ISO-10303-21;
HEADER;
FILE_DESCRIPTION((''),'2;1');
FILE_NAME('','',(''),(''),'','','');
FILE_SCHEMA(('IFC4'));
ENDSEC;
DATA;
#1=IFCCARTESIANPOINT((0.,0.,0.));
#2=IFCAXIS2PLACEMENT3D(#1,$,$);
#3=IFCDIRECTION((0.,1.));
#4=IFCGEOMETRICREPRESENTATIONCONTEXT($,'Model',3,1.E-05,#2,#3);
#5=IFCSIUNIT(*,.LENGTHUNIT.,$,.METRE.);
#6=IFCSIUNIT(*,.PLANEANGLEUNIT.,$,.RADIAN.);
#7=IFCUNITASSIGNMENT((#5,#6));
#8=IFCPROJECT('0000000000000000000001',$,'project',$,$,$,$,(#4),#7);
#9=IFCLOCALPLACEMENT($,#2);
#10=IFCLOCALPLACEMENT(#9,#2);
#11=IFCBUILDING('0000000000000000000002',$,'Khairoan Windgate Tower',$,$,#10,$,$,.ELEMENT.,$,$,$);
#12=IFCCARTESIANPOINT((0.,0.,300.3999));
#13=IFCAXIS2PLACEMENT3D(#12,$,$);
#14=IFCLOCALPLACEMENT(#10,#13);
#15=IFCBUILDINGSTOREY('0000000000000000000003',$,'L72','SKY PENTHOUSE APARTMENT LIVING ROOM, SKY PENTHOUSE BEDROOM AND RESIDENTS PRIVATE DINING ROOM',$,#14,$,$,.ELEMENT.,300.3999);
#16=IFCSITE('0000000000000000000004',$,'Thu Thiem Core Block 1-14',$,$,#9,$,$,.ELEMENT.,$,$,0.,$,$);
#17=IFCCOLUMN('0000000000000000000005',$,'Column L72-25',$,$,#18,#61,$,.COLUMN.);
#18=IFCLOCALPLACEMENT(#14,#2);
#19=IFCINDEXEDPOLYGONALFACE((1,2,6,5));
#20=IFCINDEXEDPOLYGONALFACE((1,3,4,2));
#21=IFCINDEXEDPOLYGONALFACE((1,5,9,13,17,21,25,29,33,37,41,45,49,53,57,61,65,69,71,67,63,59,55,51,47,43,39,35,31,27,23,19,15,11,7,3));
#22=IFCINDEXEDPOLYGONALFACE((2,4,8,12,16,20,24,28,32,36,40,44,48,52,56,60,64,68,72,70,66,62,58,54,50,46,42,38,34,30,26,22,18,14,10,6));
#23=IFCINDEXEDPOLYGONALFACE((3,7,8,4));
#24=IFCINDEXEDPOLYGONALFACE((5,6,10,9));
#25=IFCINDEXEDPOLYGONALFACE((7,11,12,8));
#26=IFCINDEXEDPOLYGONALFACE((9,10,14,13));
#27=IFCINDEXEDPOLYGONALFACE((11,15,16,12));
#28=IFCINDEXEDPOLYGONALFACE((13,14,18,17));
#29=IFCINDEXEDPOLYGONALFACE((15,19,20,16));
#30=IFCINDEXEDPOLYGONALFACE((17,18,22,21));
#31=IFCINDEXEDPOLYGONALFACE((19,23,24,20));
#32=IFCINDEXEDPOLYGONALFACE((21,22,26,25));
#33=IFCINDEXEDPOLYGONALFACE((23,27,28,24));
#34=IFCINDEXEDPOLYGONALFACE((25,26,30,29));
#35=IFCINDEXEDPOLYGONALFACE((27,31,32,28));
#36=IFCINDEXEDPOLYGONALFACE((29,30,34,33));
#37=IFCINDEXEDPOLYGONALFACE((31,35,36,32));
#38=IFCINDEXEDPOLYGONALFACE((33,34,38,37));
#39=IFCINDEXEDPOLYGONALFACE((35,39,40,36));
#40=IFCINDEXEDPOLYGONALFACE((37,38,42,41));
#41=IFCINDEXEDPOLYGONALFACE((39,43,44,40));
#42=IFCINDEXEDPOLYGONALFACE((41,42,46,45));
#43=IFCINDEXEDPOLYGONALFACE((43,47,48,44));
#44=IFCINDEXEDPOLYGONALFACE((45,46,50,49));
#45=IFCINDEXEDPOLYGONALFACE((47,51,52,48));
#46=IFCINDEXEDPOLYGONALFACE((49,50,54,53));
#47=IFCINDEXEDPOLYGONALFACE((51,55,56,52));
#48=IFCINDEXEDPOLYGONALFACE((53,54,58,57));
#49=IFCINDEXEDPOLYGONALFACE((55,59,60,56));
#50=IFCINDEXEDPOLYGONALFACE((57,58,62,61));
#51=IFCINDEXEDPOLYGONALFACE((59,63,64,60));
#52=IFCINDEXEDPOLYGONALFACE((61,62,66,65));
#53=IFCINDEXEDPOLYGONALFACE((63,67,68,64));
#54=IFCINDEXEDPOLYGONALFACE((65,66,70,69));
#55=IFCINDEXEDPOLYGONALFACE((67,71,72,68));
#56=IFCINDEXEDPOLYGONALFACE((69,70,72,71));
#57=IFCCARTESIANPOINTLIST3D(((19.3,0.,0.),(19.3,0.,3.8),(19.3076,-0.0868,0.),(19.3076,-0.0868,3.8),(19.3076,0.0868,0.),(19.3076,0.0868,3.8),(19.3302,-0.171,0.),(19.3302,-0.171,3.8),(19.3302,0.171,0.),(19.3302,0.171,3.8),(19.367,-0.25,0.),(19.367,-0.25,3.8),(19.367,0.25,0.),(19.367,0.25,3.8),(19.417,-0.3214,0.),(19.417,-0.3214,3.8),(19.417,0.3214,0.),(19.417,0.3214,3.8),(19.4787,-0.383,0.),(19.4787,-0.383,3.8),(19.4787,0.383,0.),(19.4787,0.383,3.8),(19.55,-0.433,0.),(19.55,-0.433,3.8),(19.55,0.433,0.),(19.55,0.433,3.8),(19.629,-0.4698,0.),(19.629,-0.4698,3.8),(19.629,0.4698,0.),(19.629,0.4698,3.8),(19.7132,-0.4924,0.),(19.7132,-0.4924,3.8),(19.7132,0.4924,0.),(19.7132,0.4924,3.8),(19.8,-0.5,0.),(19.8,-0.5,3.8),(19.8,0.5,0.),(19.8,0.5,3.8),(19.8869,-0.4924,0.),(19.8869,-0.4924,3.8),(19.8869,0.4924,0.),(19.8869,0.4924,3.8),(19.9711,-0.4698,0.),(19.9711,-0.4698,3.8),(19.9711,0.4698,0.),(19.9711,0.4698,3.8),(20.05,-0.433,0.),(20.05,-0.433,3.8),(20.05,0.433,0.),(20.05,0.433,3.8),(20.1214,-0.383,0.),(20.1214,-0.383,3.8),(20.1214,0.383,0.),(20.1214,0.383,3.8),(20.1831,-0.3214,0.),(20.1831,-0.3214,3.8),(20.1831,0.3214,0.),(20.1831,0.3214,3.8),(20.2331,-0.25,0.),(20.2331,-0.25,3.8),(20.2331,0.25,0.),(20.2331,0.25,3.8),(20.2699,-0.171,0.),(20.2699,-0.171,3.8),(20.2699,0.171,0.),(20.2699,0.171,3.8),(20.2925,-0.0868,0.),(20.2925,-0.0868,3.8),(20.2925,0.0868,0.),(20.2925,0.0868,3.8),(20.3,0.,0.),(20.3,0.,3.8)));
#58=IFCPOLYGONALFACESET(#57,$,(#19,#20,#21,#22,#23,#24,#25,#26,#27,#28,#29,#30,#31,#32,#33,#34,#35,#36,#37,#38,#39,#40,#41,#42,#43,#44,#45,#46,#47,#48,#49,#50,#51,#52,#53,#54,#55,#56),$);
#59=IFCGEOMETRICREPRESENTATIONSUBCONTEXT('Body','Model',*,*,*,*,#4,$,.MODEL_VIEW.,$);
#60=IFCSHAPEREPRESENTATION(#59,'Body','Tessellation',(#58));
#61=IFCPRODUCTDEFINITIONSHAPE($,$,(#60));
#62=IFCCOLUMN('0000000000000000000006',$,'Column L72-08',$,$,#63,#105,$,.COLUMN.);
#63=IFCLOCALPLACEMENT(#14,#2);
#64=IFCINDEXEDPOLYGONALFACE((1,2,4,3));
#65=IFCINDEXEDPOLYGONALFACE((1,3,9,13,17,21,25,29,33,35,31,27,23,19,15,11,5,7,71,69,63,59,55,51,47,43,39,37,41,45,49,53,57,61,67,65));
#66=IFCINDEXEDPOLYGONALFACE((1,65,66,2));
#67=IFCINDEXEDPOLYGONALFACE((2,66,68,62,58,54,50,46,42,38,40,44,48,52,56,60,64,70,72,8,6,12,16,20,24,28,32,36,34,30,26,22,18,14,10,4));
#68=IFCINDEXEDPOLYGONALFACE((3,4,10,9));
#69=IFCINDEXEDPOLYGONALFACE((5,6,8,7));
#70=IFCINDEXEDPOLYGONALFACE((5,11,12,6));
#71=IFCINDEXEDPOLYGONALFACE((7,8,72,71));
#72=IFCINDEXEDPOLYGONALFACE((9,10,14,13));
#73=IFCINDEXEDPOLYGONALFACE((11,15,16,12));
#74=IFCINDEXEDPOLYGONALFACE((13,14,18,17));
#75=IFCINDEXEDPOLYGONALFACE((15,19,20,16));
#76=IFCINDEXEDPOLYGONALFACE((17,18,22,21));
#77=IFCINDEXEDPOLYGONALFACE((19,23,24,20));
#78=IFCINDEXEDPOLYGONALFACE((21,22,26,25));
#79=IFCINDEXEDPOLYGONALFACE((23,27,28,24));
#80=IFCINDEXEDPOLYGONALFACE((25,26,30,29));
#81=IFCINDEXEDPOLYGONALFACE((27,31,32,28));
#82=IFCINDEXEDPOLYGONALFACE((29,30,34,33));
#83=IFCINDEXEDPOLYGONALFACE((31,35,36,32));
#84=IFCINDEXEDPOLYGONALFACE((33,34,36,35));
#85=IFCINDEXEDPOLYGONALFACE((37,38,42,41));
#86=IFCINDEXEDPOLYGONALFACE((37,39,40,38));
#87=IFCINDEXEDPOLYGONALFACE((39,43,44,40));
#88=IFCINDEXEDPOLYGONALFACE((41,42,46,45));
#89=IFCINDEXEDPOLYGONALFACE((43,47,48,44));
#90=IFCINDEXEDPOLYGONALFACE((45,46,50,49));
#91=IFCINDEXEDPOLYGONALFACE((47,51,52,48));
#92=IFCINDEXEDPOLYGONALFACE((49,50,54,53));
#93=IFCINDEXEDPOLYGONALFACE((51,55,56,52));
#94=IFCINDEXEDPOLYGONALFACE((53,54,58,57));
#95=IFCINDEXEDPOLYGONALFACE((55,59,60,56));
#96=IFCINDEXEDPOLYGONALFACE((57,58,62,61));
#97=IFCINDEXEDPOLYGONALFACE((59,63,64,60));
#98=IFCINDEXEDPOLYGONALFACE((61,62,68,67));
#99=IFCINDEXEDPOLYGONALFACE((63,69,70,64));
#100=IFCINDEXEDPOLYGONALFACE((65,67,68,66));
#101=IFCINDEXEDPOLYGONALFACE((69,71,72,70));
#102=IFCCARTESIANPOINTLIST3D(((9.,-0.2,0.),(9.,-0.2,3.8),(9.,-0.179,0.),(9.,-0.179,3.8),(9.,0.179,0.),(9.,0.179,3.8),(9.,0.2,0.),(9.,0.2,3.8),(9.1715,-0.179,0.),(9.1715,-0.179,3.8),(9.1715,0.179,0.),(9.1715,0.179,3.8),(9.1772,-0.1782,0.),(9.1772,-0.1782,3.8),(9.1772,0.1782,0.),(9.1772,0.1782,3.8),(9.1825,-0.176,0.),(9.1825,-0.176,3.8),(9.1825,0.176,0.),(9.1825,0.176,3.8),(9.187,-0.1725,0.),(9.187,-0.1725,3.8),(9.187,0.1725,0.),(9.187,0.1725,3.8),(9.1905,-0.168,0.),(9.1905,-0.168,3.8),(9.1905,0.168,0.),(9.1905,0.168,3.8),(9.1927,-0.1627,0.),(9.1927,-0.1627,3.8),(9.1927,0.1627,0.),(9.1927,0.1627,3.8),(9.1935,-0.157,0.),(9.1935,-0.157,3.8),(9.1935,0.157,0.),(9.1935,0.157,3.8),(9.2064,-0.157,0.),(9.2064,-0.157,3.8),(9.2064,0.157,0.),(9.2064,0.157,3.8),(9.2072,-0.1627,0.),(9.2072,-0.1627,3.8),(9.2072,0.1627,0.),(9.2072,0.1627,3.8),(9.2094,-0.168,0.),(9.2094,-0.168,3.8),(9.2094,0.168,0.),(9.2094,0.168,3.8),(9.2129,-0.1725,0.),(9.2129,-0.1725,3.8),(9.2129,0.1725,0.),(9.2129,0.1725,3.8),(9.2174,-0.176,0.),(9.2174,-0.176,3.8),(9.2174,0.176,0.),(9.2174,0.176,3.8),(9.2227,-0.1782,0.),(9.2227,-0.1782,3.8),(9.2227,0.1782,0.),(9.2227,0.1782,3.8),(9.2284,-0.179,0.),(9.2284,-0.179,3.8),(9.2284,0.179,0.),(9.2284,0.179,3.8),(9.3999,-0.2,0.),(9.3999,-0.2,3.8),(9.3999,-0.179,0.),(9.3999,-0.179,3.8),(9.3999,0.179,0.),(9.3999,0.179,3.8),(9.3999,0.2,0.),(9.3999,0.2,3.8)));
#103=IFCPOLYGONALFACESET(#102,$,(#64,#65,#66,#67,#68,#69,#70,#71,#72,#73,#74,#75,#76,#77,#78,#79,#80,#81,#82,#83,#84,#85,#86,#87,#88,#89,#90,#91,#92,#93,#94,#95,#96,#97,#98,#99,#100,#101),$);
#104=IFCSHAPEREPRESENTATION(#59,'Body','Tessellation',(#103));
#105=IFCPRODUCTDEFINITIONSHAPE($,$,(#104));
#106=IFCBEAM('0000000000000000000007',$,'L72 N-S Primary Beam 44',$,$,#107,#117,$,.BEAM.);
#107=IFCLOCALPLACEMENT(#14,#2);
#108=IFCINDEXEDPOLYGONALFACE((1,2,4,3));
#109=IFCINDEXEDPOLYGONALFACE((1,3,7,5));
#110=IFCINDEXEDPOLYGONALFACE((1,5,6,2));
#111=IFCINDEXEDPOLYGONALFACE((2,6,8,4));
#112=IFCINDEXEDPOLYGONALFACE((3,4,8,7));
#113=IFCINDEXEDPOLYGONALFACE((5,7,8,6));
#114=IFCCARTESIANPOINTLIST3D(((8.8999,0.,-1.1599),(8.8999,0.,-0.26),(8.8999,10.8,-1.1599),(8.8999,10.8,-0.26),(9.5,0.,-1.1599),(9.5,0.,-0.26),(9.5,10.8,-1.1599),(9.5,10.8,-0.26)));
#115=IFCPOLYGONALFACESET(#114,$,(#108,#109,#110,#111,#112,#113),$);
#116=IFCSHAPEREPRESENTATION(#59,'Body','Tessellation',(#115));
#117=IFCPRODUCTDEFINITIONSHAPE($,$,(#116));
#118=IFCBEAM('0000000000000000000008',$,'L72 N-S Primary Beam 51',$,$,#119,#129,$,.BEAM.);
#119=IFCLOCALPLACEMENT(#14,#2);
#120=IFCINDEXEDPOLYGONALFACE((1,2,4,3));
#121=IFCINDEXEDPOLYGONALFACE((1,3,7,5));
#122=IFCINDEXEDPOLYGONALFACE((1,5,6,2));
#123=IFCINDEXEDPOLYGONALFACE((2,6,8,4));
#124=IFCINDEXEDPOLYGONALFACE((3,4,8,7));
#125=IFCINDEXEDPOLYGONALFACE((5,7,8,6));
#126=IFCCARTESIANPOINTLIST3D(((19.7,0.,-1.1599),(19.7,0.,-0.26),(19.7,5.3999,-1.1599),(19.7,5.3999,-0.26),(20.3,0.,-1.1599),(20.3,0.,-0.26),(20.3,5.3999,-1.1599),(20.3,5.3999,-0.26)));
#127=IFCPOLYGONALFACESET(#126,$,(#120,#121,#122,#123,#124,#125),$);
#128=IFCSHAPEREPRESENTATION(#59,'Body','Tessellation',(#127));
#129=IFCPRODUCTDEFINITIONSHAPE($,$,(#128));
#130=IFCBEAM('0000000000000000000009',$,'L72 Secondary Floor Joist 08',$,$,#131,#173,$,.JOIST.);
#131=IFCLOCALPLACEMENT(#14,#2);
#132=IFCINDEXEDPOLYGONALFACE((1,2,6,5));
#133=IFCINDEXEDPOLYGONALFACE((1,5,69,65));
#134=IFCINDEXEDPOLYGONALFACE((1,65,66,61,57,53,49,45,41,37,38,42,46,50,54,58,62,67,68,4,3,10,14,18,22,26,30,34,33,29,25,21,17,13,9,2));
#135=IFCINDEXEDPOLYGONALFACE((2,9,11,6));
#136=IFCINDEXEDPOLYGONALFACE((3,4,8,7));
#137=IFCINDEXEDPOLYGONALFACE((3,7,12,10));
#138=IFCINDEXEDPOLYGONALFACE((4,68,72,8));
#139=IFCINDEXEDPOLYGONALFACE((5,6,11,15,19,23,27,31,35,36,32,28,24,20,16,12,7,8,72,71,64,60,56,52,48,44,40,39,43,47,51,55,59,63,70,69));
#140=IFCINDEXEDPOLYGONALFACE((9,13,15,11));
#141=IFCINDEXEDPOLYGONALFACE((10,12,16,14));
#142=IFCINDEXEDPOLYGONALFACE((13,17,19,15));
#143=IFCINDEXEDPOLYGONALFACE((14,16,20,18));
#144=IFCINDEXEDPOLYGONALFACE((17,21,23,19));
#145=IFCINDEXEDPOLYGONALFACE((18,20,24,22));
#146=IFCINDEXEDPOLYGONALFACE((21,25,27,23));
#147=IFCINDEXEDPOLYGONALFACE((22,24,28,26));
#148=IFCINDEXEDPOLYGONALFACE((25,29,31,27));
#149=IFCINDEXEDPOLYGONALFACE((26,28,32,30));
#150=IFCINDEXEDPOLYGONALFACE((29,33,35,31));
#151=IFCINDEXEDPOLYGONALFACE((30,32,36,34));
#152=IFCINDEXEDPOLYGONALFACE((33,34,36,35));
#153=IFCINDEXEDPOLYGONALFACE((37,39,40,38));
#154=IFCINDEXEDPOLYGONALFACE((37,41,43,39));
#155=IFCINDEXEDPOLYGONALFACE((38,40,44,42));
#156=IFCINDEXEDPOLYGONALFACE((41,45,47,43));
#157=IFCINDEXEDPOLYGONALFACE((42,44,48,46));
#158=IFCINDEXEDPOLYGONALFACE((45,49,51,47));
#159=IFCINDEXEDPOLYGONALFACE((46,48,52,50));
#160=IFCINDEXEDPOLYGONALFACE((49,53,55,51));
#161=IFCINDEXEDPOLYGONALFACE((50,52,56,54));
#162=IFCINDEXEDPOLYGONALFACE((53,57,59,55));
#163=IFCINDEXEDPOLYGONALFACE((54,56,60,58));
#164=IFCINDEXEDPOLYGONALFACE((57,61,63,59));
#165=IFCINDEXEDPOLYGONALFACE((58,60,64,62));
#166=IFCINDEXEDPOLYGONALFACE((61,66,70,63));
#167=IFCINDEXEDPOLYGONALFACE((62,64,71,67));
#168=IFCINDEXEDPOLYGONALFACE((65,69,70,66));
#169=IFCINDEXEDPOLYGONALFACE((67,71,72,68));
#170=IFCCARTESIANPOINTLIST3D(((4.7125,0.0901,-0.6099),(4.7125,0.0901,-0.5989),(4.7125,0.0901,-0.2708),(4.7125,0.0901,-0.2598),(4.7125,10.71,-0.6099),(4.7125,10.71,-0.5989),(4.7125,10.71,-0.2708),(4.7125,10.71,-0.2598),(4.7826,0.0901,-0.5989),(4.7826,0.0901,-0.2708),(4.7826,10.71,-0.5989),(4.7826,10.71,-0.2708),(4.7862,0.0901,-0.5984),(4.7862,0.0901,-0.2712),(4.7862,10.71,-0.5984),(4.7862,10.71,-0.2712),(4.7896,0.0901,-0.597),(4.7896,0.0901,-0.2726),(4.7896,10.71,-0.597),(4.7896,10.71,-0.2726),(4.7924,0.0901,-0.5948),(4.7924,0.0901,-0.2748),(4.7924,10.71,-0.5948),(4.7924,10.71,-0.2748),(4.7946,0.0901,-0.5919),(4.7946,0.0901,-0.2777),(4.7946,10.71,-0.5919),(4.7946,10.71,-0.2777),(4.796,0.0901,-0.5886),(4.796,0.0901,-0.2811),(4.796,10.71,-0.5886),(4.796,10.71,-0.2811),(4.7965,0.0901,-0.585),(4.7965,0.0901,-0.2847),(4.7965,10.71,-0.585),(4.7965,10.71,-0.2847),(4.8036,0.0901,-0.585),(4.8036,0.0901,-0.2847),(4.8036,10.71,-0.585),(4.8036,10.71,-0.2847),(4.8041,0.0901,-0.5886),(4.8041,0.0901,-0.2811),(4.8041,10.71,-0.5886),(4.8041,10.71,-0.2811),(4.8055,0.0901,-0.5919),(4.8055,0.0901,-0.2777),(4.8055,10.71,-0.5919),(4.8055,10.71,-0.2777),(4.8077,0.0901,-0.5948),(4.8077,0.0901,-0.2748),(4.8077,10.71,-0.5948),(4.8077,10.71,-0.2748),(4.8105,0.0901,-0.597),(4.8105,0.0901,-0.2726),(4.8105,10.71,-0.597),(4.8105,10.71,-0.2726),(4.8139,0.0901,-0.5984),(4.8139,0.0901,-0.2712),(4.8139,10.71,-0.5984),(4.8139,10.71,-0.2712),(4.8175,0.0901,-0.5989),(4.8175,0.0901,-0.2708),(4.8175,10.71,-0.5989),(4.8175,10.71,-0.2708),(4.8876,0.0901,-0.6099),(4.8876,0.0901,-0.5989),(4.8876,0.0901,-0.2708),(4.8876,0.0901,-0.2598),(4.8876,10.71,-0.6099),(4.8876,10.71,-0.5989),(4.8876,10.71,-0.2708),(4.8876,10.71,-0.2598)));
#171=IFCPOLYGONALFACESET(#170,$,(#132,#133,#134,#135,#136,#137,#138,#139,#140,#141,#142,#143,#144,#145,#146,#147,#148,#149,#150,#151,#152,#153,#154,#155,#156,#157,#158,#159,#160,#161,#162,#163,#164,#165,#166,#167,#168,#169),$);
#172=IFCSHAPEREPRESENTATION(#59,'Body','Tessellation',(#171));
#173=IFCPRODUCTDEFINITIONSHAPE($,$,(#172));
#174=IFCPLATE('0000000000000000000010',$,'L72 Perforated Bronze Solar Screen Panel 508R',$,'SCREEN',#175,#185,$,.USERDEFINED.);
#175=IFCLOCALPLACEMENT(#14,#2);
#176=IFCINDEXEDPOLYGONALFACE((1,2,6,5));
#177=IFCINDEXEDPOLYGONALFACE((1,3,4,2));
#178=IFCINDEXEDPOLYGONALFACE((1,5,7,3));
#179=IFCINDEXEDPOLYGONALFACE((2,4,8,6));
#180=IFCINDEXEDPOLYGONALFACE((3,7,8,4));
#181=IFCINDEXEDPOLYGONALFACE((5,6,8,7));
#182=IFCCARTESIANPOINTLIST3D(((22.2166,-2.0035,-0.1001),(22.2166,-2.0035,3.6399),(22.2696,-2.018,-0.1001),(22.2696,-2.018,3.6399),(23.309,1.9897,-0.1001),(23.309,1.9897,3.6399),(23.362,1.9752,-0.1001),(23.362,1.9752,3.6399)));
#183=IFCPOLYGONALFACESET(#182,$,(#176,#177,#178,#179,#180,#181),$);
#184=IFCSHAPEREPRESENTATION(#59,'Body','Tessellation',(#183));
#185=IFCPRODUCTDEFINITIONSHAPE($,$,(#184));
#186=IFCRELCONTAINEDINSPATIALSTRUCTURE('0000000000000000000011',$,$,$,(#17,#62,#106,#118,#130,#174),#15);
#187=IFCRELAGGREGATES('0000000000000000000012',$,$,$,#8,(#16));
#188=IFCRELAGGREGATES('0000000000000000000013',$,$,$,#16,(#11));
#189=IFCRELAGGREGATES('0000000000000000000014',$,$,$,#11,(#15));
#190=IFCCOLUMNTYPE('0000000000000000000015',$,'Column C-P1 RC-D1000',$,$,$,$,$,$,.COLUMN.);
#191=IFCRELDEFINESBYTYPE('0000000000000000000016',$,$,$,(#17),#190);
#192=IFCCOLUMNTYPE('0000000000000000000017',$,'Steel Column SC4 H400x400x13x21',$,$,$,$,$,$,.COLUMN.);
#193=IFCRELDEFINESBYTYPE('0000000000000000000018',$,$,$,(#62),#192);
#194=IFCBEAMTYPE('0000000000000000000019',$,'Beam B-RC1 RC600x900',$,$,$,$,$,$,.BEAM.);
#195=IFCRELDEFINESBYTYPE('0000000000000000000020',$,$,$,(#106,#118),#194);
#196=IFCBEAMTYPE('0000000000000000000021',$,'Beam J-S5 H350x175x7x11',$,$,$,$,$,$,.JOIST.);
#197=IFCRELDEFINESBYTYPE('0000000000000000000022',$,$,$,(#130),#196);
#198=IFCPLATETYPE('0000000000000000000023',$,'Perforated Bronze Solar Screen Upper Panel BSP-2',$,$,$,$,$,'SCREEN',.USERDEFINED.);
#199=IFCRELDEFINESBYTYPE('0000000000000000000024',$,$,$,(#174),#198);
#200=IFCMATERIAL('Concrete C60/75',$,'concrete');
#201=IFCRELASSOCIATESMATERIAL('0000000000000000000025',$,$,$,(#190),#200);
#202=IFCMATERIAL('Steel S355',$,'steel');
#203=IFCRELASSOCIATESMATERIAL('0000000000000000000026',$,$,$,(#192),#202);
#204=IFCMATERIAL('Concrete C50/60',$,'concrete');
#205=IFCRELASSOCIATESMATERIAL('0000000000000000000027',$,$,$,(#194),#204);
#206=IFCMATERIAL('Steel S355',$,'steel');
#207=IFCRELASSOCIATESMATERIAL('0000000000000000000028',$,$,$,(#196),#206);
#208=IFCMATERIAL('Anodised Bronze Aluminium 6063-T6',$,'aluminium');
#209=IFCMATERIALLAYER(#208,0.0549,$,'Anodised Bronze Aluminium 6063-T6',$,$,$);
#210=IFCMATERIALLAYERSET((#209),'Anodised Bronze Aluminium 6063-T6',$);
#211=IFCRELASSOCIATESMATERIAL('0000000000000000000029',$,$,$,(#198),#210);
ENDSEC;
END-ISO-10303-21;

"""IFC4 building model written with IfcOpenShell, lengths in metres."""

from ifc_helpers import new_model, si_unit, direction, frame, origin, origin_2d, place, context, subcontext, project, spatial, rectangle, circle, i_section, extrude, material, layer, layer_set, material_profile, profile_set, type_object, element, save


model = new_model("IFC4")

# Units and contexts
model_context = context("Model", 3, precision=1e-05, world=origin(), true_north=direction((0.0, 1.0)))
body_context = subcontext(model_context, "Body", "Model", "MODEL_VIEW")
ifc_project = project(units=[si_unit("LENGTHUNIT", "METRE"), si_unit("PLANEANGLEUNIT", "RADIAN")], contexts=[model_context])

# Site, building, storey
site_placement = place(None, origin())
site = spatial("IfcSite", under=ifc_project, at=site_placement, Name="Thu Thiem Core Block 1-14", CompositionType="ELEMENT", RefElevation=0.0)
building_placement = place(site_placement, origin())
building = spatial("IfcBuilding", under=site, at=building_placement, Name="Khairoan Windgate Tower", CompositionType="ELEMENT")
storey_placement = place(building_placement, frame((0.0, 0.0, 300.3999)))
storey = spatial("IfcBuildingStorey", under=building, at=storey_placement, Name="L72", Description="SKY PENTHOUSE APARTMENT LIVING ROOM, SKY PENTHOUSE BEDROOM AND RESIDENTS PRIVATE DINING ROOM", CompositionType="ELEMENT", Elevation=300.3999)

# Columns
ifc_material_1 = material(Name="Concrete C60/75", Category="concrete")
ifc_material_profile_1 = material_profile(ifc_material_1, circle(Radius=0.5, at=origin_2d()))
ifc_profile_set_1 = profile_set([ifc_material_profile_1], Name="Concrete C60/75")
column_type_1 = type_object("IfcColumnType", Name="Column C-P1 RC-D1000", PredefinedType="COLUMN", material=ifc_profile_set_1)
column_1_placement = place(storey_placement, frame((19.8, 0.0, 0.0), z_axis=(0.0, 0.0, 1.0), x_axis=(1.0, 0.0, 0.0)))
element("IfcColumn", 1, at=column_1_placement, inside=storey, type_object=column_type_1, Name="Column L72-25", PredefinedType="COLUMN", context=body_context, shape_type="SweptSolid", body=[
    extrude(circle(Radius=0.5, at=origin_2d()), origin(), (0.0, 0.0, 1.0), 3.8),
])
ifc_material_2 = material(Name="Steel S355", Category="steel")
ifc_material_profile_2 = material_profile(ifc_material_2, i_section(OverallWidth=0.3999, OverallDepth=0.3999, WebThickness=0.0129, FlangeThickness=0.021, FilletRadius=0.022, at=origin_2d()))
ifc_profile_set_2 = profile_set([ifc_material_profile_2], Name="Steel S355")
column_type_2 = type_object("IfcColumnType", Name="Steel Column SC4 H400x400x13x21", PredefinedType="COLUMN", material=ifc_profile_set_2)
column_2_placement = place(storey_placement, frame((9.2, 0.0, 0.0), z_axis=(0.0, 0.0, 1.0), x_axis=(1.0, 0.0, 0.0)))
element("IfcColumn", 2, at=column_2_placement, inside=storey, type_object=column_type_2, Name="Column L72-08", PredefinedType="COLUMN", context=body_context, shape_type="SweptSolid", body=[
    extrude(i_section(OverallWidth=0.3999, OverallDepth=0.3999, WebThickness=0.0129, FlangeThickness=0.021, FilletRadius=0.022, at=origin_2d()), origin(), (0.0, 0.0, 1.0), 3.8),
])

# Beams
ifc_material_3 = material(Name="Concrete C50/60", Category="concrete")
ifc_material_profile_3 = material_profile(ifc_material_3, rectangle(XDim=0.6001, YDim=0.8999, at=origin_2d()))
ifc_profile_set_3 = profile_set([ifc_material_profile_3], Name="Concrete C50/60")
beam_type_1 = type_object("IfcBeamType", Name="Beam B-RC1 RC600x900", PredefinedType="BEAM", material=ifc_profile_set_3)
beam_1_placement = place(storey_placement, frame((9.2, 0.0, -0.71), z_axis=(0.0, 1.0, 0.0), x_axis=(-1.0, 0.0, 0.0)))
element("IfcBeam", 3, at=beam_1_placement, inside=storey, type_object=beam_type_1, Name="L72 N-S Primary Beam 44", PredefinedType="BEAM", context=body_context, shape_type="SweptSolid", body=[
    extrude(rectangle(XDim=0.6001, YDim=0.8999, at=origin_2d()), origin(), (0.0, 0.0, 1.0), 10.8),
])
beam_2_placement = place(storey_placement, frame((20.0, 0.0, -0.71), z_axis=(0.0, 1.0, 0.0), x_axis=(-1.0, 0.0, 0.0)))
element("IfcBeam", 4, at=beam_2_placement, inside=storey, type_object=beam_type_1, Name="L72 N-S Primary Beam 51", PredefinedType="BEAM", context=body_context, shape_type="SweptSolid", body=[
    extrude(rectangle(XDim=0.6001, YDim=0.8999, at=origin_2d()), origin(), (0.0, 0.0, 1.0), 5.3999),
])
ifc_material_4 = material(Name="Steel S355", Category="steel")
ifc_material_profile_4 = material_profile(ifc_material_4, i_section(OverallWidth=0.175, OverallDepth=0.3501, WebThickness=0.0071, FlangeThickness=0.011, FilletRadius=0.0139, at=origin_2d()))
ifc_profile_set_4 = profile_set([ifc_material_profile_4], Name="Steel S355")
beam_type_2 = type_object("IfcBeamType", Name="Beam J-S5 H350x175x7x11", PredefinedType="JOIST", material=ifc_profile_set_4)
beam_3_placement = place(storey_placement, frame((4.8, 0.0901, -0.4348), z_axis=(0.0, 1.0, 0.0), x_axis=(-1.0, 0.0, 0.0)))
element("IfcBeam", 5, at=beam_3_placement, inside=storey, type_object=beam_type_2, Name="L72 Secondary Floor Joist 08", PredefinedType="JOIST", context=body_context, shape_type="SweptSolid", body=[
    extrude(i_section(OverallWidth=0.175, OverallDepth=0.3501, WebThickness=0.0071, FlangeThickness=0.011, FilletRadius=0.0139, at=origin_2d()), origin(), (0.0, 0.0, 1.0), 10.6199),
])

# Plate
ifc_material_5 = material(Name="Anodised Bronze Aluminium 6063-T6", Category="aluminium")
ifc_layer_1 = layer(ifc_material_5, 0.0549, Name="Anodised Bronze Aluminium 6063-T6")
ifc_layer_set_1 = layer_set([ifc_layer_1], Name="Anodised Bronze Aluminium 6063-T6")
plate_type = type_object("IfcPlateType", Name="Perforated Bronze Solar Screen Upper Panel BSP-2", ElementType="SCREEN", PredefinedType="USERDEFINED", material=ifc_layer_set_1)
plate_placement = place(storey_placement, frame((22.7893, -0.0142, -0.1001), z_axis=(0.0, 0.0, 1.0), x_axis=(-0.263873, -0.964557, 0.0)))
element("IfcPlate", 6, at=plate_placement, inside=storey, type_object=plate_type, Name="L72 Perforated Bronze Solar Screen Panel 508R", ObjectType="SCREEN", PredefinedType="USERDEFINED", context=body_context, shape_type="SweptSolid", body=[
    extrude(rectangle(XDim=4.1399, YDim=0.0549, at=origin_2d()), origin(), (0.0, 0.0, 1.0), 3.74),
])

save(model, "model.ifc")
